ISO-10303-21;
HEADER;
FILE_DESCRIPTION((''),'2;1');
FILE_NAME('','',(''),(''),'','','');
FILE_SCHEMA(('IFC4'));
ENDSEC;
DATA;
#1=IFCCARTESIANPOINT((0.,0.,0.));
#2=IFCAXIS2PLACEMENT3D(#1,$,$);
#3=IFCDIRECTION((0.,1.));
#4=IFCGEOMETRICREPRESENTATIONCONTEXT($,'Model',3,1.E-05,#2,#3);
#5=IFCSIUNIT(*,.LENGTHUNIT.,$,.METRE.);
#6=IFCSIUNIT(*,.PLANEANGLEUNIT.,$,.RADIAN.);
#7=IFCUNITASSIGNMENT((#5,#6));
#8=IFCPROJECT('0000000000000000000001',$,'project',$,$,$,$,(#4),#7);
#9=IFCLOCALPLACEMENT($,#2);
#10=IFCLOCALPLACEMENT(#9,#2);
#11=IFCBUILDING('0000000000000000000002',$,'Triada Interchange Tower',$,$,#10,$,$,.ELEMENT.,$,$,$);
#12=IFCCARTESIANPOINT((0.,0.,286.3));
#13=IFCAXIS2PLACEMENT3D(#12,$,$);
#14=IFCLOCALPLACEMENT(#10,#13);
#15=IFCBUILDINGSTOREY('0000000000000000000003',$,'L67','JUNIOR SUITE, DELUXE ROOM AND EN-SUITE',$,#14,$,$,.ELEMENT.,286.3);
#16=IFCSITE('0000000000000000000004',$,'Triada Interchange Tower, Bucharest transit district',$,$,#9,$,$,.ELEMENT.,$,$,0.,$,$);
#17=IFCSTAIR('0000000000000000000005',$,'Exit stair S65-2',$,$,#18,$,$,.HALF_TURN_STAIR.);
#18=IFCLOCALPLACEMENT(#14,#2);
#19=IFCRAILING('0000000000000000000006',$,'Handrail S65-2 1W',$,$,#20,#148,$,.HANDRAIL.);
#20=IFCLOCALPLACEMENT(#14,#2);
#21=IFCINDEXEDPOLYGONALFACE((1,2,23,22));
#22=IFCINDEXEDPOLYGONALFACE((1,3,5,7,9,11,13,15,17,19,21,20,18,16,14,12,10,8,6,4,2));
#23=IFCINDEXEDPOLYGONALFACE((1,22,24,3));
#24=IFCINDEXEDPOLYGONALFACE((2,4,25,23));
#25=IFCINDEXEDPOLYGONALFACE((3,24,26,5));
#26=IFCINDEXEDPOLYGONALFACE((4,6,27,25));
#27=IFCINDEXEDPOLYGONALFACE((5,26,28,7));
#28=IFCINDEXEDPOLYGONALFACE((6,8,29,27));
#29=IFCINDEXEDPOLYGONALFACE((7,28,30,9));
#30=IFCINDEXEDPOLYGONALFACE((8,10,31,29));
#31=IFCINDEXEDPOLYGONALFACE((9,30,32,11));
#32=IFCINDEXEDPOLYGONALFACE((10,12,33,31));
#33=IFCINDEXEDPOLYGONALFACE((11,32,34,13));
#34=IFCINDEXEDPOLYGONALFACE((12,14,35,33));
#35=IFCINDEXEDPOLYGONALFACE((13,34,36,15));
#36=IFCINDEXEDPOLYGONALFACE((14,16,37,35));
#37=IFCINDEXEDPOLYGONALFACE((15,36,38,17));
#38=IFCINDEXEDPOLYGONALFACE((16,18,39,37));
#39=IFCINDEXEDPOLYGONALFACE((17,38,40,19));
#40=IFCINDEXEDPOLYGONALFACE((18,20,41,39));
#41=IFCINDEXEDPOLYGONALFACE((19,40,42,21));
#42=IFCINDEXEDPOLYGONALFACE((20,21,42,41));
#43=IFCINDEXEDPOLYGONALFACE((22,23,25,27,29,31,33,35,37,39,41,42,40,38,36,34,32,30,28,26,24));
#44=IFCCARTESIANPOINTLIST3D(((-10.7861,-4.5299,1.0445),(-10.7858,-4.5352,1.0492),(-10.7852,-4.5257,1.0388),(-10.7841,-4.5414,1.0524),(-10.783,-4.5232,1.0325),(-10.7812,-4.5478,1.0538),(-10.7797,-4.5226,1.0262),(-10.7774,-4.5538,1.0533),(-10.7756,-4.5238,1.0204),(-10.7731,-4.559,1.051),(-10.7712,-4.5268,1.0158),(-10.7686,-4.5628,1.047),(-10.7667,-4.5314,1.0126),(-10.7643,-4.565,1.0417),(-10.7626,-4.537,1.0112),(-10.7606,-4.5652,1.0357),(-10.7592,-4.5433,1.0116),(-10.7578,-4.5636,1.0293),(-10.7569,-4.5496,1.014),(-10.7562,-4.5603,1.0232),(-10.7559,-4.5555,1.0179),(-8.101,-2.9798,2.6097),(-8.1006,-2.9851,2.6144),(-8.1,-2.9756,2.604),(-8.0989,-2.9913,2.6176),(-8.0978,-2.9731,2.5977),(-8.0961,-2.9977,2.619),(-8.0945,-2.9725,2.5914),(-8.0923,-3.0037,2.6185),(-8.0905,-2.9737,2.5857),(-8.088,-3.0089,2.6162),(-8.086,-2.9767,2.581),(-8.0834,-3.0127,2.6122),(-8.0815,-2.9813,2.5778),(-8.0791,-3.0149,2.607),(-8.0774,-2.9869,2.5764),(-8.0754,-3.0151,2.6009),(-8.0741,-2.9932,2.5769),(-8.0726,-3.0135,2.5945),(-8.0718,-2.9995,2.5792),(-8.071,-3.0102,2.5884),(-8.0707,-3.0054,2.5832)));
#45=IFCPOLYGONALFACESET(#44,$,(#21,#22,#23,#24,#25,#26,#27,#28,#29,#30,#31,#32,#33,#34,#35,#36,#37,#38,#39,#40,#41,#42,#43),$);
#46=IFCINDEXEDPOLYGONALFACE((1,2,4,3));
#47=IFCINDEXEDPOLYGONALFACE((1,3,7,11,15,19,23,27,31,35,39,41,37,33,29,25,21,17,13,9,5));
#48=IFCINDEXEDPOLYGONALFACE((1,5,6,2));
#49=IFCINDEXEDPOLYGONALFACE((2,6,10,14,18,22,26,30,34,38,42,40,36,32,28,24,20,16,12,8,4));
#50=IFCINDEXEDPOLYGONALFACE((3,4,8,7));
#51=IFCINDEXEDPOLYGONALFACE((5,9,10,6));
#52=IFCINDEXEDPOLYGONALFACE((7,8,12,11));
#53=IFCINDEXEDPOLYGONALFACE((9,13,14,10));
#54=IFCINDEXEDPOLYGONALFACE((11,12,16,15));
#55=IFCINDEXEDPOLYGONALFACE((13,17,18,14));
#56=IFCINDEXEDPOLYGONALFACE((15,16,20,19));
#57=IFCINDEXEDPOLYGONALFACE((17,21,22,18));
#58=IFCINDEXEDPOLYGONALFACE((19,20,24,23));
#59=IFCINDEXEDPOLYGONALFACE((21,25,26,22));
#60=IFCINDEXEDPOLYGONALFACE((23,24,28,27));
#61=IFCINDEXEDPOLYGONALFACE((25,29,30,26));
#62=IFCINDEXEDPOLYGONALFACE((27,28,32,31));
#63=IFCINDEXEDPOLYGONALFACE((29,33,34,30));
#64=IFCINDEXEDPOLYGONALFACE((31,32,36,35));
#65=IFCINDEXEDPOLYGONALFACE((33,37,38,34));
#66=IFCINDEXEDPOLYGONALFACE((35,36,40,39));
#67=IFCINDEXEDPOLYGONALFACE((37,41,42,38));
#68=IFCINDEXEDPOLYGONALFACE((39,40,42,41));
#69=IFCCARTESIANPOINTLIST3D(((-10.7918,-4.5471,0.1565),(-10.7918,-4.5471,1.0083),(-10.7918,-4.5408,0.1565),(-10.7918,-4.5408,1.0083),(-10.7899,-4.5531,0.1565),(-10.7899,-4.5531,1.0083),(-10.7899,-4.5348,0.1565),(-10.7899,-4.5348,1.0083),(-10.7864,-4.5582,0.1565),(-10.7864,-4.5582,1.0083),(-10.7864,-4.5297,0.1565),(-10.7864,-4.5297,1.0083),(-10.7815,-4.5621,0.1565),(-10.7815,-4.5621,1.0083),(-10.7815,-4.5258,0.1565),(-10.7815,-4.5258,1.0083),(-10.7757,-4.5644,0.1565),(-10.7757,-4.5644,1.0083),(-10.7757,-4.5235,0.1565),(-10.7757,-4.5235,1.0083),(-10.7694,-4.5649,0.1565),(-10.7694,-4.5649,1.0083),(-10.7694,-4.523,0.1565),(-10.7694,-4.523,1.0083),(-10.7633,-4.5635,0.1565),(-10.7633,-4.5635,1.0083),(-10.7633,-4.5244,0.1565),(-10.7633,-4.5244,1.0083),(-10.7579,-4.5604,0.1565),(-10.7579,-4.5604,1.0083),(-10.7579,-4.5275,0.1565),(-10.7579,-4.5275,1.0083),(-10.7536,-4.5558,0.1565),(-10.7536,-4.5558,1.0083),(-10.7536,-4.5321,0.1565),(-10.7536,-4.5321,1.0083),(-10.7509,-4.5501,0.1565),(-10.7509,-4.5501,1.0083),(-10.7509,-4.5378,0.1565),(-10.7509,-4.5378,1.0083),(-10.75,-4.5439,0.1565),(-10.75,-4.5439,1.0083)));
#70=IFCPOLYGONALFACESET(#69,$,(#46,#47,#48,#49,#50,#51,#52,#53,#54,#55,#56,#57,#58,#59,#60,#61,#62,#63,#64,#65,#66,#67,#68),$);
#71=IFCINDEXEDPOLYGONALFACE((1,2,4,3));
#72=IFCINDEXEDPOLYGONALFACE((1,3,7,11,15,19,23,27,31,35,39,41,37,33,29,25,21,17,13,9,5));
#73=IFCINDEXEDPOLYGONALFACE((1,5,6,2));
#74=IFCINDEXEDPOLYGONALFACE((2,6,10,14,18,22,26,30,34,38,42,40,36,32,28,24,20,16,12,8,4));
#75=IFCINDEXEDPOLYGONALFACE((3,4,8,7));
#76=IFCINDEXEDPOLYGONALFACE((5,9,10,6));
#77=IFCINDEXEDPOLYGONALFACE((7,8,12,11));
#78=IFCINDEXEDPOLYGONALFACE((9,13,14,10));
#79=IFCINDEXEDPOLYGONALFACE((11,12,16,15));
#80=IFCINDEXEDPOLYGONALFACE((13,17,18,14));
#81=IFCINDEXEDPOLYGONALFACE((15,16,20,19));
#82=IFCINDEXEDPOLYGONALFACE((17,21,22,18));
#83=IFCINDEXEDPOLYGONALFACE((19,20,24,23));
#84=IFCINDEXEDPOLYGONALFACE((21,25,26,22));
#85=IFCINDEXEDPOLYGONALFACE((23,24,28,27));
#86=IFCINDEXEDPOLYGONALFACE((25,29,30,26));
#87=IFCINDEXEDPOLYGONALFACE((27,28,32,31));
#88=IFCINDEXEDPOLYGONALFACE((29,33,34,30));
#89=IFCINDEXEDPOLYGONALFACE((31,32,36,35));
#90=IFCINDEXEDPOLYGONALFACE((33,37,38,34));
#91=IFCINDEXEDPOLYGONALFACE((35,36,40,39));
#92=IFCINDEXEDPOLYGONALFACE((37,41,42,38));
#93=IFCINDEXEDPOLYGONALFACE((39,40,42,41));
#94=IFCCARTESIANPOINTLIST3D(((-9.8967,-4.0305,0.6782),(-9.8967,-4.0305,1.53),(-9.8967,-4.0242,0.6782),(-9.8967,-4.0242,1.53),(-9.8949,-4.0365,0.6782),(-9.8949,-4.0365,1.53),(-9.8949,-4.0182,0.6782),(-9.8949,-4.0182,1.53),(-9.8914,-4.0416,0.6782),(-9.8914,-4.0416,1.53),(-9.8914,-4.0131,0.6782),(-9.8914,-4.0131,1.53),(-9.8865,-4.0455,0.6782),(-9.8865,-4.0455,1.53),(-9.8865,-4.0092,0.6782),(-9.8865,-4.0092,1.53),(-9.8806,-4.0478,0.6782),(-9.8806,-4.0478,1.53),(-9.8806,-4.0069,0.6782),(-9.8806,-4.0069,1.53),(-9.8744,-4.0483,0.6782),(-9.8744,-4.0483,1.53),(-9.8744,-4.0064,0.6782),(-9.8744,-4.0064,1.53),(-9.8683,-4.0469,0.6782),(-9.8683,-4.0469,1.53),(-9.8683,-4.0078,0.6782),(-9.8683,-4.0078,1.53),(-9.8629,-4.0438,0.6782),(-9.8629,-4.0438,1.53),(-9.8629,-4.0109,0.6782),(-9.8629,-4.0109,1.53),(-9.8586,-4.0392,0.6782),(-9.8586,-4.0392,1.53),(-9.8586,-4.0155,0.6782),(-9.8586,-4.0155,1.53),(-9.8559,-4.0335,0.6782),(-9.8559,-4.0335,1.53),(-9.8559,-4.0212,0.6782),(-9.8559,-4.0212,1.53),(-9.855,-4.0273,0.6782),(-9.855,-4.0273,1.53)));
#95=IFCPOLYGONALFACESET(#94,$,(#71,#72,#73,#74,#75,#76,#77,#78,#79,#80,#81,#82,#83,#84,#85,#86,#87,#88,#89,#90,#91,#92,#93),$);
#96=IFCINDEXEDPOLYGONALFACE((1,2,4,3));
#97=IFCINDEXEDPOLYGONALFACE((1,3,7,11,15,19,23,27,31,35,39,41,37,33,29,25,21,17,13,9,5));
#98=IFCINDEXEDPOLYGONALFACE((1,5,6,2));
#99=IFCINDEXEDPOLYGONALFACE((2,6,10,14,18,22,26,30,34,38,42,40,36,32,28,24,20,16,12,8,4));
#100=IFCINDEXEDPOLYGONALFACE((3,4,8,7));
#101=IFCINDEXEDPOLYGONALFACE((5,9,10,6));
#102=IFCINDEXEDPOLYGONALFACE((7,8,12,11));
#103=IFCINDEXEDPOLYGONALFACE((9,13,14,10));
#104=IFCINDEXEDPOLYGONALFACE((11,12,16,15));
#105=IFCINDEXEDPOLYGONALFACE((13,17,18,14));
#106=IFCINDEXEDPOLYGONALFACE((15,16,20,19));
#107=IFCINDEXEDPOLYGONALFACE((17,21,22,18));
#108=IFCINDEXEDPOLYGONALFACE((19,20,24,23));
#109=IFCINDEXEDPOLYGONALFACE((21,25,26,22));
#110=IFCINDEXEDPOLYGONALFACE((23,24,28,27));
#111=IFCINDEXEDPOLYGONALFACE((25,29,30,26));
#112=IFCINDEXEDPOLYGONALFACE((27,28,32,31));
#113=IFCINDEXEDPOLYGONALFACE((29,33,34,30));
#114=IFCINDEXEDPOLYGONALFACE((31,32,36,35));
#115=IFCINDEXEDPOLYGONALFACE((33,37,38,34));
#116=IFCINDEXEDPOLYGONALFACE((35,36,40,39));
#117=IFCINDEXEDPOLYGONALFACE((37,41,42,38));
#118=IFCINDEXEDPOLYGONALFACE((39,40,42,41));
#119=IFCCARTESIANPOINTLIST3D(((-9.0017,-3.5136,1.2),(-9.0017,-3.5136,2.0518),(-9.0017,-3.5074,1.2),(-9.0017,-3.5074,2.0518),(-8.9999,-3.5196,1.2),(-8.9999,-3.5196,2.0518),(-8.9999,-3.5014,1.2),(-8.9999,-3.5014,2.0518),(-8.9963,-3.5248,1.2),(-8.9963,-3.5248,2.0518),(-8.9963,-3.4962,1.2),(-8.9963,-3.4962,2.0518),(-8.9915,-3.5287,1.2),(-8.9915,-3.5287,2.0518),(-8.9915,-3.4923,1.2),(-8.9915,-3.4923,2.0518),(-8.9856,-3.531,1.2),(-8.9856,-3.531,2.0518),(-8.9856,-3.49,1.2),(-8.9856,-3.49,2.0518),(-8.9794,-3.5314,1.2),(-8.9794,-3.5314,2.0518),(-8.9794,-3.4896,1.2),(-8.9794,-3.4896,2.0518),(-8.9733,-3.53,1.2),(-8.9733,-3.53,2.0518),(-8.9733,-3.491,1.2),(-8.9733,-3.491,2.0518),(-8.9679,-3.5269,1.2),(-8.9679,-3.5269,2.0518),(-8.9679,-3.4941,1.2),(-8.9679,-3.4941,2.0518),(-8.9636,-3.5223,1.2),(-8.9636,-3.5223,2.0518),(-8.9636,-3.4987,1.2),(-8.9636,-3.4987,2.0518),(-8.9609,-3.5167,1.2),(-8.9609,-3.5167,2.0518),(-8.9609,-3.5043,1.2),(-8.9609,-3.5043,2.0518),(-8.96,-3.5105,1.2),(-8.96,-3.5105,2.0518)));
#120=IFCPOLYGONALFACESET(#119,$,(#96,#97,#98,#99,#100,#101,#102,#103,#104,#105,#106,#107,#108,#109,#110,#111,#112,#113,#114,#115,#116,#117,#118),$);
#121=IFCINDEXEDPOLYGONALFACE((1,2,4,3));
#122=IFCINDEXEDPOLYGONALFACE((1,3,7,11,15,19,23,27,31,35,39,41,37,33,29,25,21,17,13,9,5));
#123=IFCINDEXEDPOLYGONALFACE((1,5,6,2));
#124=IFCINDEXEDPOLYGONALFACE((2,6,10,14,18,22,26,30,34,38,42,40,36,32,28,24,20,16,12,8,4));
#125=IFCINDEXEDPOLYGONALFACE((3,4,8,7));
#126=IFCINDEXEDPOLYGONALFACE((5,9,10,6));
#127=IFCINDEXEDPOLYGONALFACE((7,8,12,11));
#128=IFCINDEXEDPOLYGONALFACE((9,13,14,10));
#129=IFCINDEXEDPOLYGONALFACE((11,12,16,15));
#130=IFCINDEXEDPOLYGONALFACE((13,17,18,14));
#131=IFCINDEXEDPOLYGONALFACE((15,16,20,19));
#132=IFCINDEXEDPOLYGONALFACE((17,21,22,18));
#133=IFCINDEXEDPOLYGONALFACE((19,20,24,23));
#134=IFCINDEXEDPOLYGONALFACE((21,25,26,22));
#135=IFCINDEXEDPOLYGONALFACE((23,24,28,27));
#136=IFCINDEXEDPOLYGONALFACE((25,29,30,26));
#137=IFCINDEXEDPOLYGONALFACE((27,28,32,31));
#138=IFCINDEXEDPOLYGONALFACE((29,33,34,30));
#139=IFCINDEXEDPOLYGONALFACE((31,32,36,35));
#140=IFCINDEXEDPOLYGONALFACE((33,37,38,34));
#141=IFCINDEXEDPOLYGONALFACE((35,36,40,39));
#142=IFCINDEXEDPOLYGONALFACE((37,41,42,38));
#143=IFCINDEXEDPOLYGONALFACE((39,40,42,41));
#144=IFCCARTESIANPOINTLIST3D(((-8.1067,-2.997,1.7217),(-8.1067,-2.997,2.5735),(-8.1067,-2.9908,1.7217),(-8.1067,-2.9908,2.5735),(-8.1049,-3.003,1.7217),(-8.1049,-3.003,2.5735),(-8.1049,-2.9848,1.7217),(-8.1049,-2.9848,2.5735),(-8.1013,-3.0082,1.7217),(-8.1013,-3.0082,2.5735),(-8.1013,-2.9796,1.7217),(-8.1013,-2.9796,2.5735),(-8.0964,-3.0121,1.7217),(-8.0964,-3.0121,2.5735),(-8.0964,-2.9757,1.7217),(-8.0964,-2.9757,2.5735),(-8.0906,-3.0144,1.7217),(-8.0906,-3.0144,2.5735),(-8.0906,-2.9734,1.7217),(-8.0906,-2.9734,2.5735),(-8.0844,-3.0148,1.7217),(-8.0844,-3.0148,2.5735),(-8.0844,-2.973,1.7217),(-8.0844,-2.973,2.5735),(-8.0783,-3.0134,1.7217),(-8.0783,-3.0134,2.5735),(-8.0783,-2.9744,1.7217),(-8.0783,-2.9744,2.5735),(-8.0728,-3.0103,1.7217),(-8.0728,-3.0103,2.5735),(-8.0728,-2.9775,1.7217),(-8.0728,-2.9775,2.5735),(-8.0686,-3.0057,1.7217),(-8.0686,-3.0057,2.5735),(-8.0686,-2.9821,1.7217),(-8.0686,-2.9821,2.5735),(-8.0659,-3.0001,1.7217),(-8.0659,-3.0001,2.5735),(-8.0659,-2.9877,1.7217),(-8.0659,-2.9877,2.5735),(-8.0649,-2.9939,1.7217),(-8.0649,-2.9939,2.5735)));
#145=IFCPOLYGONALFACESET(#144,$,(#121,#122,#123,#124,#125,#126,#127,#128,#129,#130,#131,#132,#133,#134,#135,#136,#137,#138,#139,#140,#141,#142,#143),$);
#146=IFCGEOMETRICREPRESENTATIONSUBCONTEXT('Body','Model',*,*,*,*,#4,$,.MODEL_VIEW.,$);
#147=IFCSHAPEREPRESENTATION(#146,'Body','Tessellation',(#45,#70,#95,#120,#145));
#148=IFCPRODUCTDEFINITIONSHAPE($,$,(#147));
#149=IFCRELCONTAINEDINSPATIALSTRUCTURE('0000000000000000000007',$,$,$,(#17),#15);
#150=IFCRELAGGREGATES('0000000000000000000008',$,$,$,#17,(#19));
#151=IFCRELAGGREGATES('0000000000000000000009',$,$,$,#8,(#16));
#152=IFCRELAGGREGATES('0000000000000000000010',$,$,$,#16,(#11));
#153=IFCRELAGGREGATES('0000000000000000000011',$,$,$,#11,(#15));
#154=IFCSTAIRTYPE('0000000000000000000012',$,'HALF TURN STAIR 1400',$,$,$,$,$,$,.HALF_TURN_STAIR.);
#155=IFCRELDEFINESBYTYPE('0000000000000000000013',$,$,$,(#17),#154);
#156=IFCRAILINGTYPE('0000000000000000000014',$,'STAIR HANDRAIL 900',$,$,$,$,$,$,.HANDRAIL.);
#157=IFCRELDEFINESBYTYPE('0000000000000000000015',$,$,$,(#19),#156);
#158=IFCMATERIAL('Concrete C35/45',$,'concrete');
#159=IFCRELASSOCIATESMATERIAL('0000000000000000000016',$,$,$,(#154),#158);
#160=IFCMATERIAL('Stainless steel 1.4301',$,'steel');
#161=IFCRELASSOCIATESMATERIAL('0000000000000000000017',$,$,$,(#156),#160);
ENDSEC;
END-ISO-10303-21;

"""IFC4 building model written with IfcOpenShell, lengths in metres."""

from ifc_helpers import new_model, si_unit, direction, frame, origin, origin_2d, place, context, subcontext, project, spatial, circle, extrude, material, type_object, element, aggregate, save


model = new_model("IFC4")

# Units and contexts
model_context = context("Model", 3, precision=1e-05, world=origin(), true_north=direction((0.0, 1.0)))
body_context = subcontext(model_context, "Body", "Model", "MODEL_VIEW")
ifc_project = project(units=[si_unit("LENGTHUNIT", "METRE"), si_unit("PLANEANGLEUNIT", "RADIAN")], contexts=[model_context])

# Site, building, storey
site_placement = place(None, origin())
site = spatial("IfcSite", under=ifc_project, at=site_placement, Name="Triada Interchange Tower, Bucharest transit district", CompositionType="ELEMENT", RefElevation=0.0)
building_placement = place(site_placement, origin())
building = spatial("IfcBuilding", under=site, at=building_placement, Name="Triada Interchange Tower", CompositionType="ELEMENT")
storey_placement = place(building_placement, frame((0.0, 0.0, 286.3)))
storey = spatial("IfcBuildingStorey", under=building, at=storey_placement, Name="L67", Description="JUNIOR SUITE, DELUXE ROOM AND EN-SUITE", CompositionType="ELEMENT", Elevation=286.3)

# Stair
ifc_material_1 = material(Name="Concrete C35/45", Category="concrete")
stair_type = type_object("IfcStairType", Name="HALF TURN STAIR 1400", PredefinedType="HALF_TURN_STAIR", material=ifc_material_1)
stair_placement = place(storey_placement, origin())
stair = element("IfcStair", 1, at=stair_placement, inside=storey, type_object=stair_type, Name="Exit stair S65-2", PredefinedType="HALF_TURN_STAIR")

# Railing
ifc_material_2 = material(Name="Stainless steel 1.4301", Category="steel")
railing_type = type_object("IfcRailingType", Name="STAIR HANDRAIL 900", PredefinedType="HANDRAIL", material=ifc_material_2)
railing_1_placement = place(storey_placement, frame((-10.771, -4.5439, 0.1565)))
railing_1 = element("IfcRailing", 2, at=railing_1_placement, type_object=railing_type, Name="Handrail S65-2 1W", PredefinedType="HANDRAIL", context=body_context, shape_type="SweptSolid", body=[
    extrude(circle(Radius=0.0239, at=origin_2d()), frame((0.0, 0.0, 0.876), z_axis=(0.773115, 0.446309, 0.450667), x_axis=(-0.499959, 0.866049, 0.0)), (0.0, 0.0, 1.0), 3.4731),
    extrude(circle(Radius=0.021, at=origin_2d()), origin(), (0.0, 0.0, 1.0), 0.8518),
    extrude(circle(Radius=0.021, at=origin_2d()), frame((0.895, 0.5166, 0.5217)), (0.0, 0.0, 1.0), 0.8518),
    extrude(circle(Radius=0.021, at=origin_2d()), frame((1.79, 1.0334, 1.0435)), (0.0, 0.0, 1.0), 0.8518),
    extrude(circle(Radius=0.021, at=origin_2d()), frame((2.6851, 1.55, 1.5652)), (0.0, 0.0, 1.0), 0.8518),
])
aggregate(stair, [railing_1])

save(model, "model.ifc")
